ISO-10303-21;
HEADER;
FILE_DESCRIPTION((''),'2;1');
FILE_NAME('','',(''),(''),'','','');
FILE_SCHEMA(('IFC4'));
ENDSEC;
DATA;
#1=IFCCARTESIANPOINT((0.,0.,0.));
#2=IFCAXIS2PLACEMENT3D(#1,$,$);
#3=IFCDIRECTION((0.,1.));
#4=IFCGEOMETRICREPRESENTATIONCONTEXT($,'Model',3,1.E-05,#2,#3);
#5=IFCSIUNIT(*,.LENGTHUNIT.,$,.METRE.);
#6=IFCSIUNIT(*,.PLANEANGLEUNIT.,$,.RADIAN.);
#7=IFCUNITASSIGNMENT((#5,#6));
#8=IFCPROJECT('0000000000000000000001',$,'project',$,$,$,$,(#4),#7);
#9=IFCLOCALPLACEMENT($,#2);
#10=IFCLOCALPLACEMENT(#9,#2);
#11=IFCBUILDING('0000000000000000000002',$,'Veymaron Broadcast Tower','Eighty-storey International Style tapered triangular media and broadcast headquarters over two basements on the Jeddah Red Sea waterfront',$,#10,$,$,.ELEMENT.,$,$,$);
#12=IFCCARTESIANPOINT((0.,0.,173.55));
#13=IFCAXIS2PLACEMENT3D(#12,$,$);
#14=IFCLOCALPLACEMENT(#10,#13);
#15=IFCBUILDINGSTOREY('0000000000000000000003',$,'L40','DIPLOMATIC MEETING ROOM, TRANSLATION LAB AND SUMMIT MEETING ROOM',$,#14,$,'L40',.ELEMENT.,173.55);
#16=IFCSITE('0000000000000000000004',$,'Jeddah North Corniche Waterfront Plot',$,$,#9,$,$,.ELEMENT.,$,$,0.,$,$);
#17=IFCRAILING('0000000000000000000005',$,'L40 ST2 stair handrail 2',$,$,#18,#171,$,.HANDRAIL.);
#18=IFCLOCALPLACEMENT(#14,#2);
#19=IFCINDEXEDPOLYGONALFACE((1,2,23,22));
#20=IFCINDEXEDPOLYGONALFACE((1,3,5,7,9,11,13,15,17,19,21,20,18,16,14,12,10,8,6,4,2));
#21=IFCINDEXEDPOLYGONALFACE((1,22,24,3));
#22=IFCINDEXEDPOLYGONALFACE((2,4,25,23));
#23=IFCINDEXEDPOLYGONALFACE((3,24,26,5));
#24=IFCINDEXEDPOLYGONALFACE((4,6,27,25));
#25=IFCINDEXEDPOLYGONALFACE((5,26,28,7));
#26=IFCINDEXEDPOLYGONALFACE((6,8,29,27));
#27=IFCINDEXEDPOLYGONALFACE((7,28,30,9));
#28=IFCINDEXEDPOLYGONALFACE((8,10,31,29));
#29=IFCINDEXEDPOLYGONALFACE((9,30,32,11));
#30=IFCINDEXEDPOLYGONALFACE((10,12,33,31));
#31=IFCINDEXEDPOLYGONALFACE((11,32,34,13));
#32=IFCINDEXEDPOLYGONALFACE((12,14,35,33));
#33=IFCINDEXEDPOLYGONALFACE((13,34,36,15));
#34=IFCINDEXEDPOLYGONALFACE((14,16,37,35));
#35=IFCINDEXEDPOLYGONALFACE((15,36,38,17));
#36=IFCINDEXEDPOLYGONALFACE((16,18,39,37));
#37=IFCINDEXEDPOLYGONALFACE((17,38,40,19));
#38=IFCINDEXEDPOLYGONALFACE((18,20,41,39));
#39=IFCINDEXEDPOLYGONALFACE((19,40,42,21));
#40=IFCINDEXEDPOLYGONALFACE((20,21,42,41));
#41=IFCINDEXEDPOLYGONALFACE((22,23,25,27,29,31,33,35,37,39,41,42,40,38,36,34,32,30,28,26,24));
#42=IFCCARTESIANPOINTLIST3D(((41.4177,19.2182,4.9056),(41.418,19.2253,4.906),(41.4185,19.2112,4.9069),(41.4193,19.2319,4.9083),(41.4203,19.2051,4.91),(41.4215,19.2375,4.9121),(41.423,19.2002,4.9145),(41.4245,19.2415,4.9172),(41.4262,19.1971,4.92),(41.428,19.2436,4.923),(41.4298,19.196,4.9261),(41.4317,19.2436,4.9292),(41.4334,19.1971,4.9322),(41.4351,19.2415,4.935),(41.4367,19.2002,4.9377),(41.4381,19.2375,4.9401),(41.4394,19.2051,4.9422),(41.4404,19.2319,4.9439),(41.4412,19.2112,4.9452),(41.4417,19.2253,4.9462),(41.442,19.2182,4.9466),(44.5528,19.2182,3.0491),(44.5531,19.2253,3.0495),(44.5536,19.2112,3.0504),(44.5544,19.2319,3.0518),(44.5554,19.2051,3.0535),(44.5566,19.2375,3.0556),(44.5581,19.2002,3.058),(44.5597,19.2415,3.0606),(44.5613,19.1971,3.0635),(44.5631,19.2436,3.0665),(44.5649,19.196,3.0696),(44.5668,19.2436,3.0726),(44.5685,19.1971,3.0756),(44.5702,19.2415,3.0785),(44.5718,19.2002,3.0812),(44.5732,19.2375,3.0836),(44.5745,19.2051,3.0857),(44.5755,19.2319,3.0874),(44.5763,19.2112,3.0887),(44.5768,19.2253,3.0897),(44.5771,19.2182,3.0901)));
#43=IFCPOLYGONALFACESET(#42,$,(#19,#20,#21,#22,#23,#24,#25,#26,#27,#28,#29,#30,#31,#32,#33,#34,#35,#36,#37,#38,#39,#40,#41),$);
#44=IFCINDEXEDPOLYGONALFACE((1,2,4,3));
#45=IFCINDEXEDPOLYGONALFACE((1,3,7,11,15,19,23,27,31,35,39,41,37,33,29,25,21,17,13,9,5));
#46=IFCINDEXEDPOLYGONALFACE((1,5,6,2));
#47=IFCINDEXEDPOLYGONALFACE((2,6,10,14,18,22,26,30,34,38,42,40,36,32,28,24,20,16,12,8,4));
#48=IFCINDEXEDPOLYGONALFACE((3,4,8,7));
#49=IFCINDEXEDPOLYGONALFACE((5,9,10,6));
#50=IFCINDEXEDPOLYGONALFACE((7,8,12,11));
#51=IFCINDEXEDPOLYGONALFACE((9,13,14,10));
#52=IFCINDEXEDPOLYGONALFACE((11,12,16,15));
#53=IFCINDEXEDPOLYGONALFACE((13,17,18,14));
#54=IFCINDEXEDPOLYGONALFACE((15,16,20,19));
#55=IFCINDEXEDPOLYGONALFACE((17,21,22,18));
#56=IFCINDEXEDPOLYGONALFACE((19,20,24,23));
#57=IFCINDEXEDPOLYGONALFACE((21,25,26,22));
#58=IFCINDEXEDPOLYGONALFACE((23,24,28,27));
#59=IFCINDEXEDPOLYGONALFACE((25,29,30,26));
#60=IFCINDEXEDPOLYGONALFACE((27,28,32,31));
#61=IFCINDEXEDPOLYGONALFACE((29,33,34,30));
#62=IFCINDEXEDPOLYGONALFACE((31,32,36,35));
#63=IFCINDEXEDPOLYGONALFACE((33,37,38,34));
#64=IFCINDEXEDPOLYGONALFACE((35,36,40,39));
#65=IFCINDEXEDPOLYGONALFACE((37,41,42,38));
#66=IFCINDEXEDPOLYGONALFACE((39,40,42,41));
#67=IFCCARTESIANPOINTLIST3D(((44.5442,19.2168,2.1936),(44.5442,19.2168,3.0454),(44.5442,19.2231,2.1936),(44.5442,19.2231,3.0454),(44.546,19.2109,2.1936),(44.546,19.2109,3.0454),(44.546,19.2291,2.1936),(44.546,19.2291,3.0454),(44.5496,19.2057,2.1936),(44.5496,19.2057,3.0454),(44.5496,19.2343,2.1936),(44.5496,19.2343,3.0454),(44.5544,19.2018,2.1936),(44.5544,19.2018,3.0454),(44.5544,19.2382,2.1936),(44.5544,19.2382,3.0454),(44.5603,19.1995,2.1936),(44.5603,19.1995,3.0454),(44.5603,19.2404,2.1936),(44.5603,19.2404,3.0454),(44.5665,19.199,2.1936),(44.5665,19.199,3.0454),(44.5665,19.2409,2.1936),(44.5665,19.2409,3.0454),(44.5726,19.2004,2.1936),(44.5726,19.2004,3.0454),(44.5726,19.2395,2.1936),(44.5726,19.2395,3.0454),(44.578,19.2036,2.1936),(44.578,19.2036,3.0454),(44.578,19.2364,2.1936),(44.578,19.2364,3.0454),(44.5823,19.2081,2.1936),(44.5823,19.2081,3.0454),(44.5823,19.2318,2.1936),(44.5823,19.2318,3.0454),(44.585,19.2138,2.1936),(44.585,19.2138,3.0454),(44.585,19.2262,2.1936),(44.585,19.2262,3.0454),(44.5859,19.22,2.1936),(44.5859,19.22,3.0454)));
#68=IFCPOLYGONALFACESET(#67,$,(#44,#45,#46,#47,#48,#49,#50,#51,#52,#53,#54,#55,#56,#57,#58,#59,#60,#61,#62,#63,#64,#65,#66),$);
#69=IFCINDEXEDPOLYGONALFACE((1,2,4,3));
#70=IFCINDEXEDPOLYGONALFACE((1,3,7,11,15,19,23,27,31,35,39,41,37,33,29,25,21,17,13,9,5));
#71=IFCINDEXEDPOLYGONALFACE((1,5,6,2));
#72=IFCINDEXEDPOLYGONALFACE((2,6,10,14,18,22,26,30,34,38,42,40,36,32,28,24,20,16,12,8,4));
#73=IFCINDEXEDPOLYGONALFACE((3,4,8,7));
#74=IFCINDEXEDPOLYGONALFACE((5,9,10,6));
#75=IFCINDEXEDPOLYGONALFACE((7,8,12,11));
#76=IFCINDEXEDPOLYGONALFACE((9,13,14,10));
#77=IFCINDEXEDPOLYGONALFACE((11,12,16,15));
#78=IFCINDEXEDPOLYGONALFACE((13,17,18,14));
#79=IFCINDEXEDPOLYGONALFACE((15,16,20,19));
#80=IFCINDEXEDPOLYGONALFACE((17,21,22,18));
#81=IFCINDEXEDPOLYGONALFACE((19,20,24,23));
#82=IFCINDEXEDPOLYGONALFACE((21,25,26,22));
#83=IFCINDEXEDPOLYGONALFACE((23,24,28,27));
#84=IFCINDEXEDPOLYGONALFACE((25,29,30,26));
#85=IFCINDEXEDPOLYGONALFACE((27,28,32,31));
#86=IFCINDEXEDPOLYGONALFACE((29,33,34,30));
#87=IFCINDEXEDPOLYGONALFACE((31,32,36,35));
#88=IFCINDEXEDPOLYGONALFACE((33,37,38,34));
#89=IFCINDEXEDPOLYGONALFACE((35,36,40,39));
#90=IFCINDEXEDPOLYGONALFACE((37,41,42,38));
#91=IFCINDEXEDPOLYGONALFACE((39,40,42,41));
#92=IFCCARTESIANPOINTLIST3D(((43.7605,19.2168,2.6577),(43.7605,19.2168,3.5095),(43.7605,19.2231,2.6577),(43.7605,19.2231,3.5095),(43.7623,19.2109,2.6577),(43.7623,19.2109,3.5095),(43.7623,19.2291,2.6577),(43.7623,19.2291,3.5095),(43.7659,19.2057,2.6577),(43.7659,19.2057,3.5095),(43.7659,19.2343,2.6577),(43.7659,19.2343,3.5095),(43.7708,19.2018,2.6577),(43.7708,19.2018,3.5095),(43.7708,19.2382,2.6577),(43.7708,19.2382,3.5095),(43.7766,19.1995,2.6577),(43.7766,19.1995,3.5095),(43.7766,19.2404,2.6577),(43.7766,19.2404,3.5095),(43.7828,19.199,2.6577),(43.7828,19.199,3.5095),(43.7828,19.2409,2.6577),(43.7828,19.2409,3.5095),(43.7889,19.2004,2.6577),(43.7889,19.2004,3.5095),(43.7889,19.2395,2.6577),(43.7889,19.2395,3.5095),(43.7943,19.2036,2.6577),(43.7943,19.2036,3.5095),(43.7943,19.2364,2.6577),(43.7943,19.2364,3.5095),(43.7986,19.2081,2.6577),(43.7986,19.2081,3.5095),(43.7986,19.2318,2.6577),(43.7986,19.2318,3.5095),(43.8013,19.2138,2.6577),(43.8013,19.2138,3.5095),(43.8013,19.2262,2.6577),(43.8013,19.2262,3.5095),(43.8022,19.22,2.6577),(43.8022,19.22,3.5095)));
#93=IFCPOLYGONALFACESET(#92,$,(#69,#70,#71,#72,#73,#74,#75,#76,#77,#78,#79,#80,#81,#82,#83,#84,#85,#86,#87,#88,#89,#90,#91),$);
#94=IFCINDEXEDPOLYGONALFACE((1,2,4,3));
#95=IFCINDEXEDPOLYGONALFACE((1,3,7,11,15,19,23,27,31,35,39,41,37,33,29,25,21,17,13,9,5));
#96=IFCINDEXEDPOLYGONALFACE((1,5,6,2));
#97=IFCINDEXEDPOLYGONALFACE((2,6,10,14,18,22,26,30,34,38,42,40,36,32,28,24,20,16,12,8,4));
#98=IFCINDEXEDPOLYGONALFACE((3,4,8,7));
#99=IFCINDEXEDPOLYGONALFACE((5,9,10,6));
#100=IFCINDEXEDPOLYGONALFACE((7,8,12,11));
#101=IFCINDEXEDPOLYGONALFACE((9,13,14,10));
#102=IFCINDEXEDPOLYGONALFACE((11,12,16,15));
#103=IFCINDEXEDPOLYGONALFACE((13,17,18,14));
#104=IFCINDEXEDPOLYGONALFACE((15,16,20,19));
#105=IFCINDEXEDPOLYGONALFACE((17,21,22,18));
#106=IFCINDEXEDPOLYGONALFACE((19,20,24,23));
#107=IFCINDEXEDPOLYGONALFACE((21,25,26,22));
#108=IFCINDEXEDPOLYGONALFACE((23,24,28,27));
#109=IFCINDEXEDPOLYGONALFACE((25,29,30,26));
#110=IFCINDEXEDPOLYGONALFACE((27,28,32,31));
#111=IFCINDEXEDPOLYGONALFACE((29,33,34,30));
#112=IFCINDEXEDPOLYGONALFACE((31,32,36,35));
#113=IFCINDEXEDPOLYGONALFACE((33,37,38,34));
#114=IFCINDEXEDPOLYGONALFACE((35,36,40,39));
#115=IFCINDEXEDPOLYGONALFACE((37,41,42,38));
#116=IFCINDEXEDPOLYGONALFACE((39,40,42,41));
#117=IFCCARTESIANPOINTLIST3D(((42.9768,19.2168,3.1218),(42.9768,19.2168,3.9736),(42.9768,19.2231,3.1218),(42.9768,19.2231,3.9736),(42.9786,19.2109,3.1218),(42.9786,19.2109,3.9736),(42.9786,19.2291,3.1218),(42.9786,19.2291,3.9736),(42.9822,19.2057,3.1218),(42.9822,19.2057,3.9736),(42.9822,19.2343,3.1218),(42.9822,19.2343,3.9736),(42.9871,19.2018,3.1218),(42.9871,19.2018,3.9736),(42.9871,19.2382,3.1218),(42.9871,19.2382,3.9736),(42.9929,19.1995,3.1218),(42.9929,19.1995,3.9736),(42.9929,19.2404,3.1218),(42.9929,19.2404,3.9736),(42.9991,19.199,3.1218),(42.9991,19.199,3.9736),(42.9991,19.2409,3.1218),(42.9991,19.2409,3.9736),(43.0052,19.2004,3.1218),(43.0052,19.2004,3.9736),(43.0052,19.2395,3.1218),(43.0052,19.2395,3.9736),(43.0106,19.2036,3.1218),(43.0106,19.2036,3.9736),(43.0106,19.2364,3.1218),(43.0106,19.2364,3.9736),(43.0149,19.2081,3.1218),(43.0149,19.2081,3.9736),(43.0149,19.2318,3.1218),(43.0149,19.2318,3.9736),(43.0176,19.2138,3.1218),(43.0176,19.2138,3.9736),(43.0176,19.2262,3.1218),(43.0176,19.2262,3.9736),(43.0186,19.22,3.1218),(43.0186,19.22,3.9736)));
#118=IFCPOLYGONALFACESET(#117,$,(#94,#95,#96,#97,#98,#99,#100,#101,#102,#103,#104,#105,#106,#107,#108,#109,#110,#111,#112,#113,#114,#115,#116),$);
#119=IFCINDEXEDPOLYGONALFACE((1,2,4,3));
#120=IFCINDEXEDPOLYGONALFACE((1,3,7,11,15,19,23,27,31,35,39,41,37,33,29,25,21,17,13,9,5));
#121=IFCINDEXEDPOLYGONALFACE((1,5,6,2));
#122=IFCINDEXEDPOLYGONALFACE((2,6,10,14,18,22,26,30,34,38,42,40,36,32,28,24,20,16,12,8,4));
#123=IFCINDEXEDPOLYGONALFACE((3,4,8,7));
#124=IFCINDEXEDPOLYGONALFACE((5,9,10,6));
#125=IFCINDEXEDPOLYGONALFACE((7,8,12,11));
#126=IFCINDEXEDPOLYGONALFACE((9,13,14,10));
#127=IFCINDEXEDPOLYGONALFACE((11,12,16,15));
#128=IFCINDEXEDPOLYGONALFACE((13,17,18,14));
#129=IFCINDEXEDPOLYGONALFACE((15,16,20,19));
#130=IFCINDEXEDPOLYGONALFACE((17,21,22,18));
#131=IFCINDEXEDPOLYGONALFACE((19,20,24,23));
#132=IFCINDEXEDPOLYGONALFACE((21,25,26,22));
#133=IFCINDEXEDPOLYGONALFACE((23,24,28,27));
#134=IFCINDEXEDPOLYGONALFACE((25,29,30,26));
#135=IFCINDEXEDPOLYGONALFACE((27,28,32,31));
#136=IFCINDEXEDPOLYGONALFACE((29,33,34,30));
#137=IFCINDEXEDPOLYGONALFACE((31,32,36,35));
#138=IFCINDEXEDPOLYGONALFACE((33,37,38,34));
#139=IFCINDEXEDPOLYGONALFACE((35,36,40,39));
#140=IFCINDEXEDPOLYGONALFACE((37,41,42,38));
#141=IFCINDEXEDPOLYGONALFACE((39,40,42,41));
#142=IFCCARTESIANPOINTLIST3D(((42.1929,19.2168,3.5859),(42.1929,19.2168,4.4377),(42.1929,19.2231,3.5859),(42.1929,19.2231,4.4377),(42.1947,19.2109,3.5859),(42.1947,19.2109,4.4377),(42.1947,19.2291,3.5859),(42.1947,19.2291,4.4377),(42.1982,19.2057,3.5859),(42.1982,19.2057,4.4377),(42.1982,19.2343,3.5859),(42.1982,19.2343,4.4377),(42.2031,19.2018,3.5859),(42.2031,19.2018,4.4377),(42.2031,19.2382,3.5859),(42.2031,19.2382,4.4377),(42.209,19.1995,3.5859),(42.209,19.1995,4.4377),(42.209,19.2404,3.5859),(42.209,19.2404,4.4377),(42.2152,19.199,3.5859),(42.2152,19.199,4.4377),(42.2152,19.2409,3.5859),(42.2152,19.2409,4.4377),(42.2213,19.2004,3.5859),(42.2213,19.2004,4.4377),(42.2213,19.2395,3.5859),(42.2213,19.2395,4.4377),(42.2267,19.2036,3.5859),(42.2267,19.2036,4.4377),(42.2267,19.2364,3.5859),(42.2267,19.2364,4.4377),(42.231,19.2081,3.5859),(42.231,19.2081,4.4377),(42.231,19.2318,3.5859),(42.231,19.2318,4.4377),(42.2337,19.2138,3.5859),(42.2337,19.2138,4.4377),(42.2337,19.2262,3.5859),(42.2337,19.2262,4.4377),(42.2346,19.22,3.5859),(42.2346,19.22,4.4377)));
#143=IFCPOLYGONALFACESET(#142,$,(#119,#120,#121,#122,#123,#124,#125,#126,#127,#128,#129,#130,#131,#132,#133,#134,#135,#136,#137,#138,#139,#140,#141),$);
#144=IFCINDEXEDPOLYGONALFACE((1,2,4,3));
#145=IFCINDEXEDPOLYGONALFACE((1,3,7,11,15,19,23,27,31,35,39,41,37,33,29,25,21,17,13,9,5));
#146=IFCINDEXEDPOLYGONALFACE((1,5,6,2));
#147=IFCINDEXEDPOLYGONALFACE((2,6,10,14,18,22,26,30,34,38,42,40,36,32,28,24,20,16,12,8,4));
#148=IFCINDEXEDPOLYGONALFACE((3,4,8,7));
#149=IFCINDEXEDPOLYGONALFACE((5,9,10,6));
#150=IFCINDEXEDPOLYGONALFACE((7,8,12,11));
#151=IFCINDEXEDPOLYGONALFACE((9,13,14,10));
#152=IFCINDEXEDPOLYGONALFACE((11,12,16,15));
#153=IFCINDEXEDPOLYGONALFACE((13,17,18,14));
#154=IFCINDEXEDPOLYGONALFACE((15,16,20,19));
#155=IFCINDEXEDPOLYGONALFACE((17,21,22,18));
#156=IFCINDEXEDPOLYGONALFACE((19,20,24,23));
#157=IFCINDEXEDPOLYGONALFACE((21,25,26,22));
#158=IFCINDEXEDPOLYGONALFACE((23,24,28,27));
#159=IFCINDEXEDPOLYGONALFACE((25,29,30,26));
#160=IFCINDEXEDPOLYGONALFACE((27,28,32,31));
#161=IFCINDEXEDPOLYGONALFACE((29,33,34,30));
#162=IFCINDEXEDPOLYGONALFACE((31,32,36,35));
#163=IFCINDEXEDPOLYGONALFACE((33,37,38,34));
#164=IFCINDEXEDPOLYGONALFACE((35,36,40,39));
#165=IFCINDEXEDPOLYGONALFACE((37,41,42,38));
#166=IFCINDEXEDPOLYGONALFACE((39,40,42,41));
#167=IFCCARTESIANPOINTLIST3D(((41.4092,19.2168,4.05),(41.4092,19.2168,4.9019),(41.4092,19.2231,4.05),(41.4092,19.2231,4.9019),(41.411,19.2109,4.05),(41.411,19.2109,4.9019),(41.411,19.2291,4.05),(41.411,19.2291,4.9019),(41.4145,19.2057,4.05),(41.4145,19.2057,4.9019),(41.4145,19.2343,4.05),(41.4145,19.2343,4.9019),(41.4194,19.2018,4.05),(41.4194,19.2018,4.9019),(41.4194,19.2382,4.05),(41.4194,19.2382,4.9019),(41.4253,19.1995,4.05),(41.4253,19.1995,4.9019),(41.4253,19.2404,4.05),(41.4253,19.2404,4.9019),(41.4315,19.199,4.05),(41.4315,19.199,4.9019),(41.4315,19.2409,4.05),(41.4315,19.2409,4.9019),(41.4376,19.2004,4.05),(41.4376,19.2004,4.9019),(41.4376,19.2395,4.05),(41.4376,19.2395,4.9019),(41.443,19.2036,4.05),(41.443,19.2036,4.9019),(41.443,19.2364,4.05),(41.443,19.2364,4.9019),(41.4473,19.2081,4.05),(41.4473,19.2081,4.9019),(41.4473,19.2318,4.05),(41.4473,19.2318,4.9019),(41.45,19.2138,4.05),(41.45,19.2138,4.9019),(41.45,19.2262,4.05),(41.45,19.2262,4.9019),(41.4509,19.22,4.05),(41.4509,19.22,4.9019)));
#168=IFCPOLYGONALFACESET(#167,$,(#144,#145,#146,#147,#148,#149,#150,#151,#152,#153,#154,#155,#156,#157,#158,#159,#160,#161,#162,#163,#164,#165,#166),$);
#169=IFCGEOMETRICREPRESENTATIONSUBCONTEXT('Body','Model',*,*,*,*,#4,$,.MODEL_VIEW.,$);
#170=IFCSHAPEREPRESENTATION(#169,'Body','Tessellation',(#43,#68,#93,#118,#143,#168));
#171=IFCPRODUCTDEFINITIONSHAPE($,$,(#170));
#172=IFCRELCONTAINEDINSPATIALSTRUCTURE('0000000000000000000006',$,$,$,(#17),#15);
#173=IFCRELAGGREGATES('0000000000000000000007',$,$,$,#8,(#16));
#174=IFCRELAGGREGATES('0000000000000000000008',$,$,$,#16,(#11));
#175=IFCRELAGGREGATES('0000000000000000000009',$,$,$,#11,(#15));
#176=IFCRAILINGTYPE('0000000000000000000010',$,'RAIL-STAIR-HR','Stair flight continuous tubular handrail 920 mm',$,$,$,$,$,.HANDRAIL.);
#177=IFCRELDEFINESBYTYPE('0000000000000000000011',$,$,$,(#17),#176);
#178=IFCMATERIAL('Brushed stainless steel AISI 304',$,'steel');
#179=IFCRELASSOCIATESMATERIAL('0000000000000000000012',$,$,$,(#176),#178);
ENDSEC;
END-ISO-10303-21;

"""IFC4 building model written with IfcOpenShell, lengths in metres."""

from ifc_helpers import new_model, si_unit, direction, frame, origin, origin_2d, place, context, subcontext, project, spatial, circle, extrude, material, type_object, element, save


model = new_model("IFC4")

# Units and contexts
model_context = context("Model", 3, precision=1e-05, world=origin(), true_north=direction((0.0, 1.0)))
body_context = subcontext(model_context, "Body", "Model", "MODEL_VIEW")
ifc_project = project(units=[si_unit("LENGTHUNIT", "METRE"), si_unit("PLANEANGLEUNIT", "RADIAN")], contexts=[model_context])

# Site, building, storey
site_placement = place(None, origin())
site = spatial("IfcSite", under=ifc_project, at=site_placement, Name="Jeddah North Corniche Waterfront Plot", CompositionType="ELEMENT", RefElevation=0.0)
building_placement = place(site_placement, origin())
building = spatial("IfcBuilding", under=site, at=building_placement, Name="Veymaron Broadcast Tower", Description="Eighty-storey International Style tapered triangular media and broadcast headquarters over two basements on the Jeddah Red Sea waterfront", CompositionType="ELEMENT")
storey_placement = place(building_placement, frame((0.0, 0.0, 173.55)))
storey = spatial("IfcBuildingStorey", under=building, at=storey_placement, Name="L40", Description="DIPLOMATIC MEETING ROOM, TRANSLATION LAB AND SUMMIT MEETING ROOM", LongName="L40", CompositionType="ELEMENT", Elevation=173.55)

# Railing
ifc_material_1 = material(Name="Brushed stainless steel AISI 304", Category="steel")
railing_type_1 = type_object("IfcRailingType", Name="RAIL-STAIR-HR", Description="Stair flight continuous tubular handrail 920 mm", PredefinedType="HANDRAIL", material=ifc_material_1)
railing_1_placement = place(storey_placement, frame((44.5649, 19.22, 2.1936)))
element("IfcRailing", 1, at=railing_1_placement, inside=storey, type_object=railing_type_1, Name="L40 ST2 stair handrail 2", PredefinedType="HANDRAIL", context=body_context, shape_type="SweptSolid", body=[
    extrude(circle(Radius=0.0239, at=origin_2d()), frame((0.0, 0.0, 0.876), z_axis=(-0.860453, 0.0, 0.509531), x_axis=(0.0, -1.0, 0.0)), (0.0, 0.0, 1.0), 3.6436),
    extrude(circle(Radius=0.021, at=origin_2d()), origin(), (0.0, 0.0, 1.0), 0.8518),
    extrude(circle(Radius=0.021, at=origin_2d()), frame((-0.7837, 0.0, 0.4641)), (0.0, 0.0, 1.0), 0.8518),
    extrude(circle(Radius=0.021, at=origin_2d()), frame((-1.5674, 0.0, 0.9282)), (0.0, 0.0, 1.0), 0.8518),
    extrude(circle(Radius=0.021, at=origin_2d()), frame((-2.3513, 0.0, 1.3923)), (0.0, 0.0, 1.0), 0.8518),
    extrude(circle(Radius=0.021, at=origin_2d()), frame((-3.135, 0.0, 1.8564)), (0.0, 0.0, 1.0), 0.8518),
])

save(model, "model.ifc")
